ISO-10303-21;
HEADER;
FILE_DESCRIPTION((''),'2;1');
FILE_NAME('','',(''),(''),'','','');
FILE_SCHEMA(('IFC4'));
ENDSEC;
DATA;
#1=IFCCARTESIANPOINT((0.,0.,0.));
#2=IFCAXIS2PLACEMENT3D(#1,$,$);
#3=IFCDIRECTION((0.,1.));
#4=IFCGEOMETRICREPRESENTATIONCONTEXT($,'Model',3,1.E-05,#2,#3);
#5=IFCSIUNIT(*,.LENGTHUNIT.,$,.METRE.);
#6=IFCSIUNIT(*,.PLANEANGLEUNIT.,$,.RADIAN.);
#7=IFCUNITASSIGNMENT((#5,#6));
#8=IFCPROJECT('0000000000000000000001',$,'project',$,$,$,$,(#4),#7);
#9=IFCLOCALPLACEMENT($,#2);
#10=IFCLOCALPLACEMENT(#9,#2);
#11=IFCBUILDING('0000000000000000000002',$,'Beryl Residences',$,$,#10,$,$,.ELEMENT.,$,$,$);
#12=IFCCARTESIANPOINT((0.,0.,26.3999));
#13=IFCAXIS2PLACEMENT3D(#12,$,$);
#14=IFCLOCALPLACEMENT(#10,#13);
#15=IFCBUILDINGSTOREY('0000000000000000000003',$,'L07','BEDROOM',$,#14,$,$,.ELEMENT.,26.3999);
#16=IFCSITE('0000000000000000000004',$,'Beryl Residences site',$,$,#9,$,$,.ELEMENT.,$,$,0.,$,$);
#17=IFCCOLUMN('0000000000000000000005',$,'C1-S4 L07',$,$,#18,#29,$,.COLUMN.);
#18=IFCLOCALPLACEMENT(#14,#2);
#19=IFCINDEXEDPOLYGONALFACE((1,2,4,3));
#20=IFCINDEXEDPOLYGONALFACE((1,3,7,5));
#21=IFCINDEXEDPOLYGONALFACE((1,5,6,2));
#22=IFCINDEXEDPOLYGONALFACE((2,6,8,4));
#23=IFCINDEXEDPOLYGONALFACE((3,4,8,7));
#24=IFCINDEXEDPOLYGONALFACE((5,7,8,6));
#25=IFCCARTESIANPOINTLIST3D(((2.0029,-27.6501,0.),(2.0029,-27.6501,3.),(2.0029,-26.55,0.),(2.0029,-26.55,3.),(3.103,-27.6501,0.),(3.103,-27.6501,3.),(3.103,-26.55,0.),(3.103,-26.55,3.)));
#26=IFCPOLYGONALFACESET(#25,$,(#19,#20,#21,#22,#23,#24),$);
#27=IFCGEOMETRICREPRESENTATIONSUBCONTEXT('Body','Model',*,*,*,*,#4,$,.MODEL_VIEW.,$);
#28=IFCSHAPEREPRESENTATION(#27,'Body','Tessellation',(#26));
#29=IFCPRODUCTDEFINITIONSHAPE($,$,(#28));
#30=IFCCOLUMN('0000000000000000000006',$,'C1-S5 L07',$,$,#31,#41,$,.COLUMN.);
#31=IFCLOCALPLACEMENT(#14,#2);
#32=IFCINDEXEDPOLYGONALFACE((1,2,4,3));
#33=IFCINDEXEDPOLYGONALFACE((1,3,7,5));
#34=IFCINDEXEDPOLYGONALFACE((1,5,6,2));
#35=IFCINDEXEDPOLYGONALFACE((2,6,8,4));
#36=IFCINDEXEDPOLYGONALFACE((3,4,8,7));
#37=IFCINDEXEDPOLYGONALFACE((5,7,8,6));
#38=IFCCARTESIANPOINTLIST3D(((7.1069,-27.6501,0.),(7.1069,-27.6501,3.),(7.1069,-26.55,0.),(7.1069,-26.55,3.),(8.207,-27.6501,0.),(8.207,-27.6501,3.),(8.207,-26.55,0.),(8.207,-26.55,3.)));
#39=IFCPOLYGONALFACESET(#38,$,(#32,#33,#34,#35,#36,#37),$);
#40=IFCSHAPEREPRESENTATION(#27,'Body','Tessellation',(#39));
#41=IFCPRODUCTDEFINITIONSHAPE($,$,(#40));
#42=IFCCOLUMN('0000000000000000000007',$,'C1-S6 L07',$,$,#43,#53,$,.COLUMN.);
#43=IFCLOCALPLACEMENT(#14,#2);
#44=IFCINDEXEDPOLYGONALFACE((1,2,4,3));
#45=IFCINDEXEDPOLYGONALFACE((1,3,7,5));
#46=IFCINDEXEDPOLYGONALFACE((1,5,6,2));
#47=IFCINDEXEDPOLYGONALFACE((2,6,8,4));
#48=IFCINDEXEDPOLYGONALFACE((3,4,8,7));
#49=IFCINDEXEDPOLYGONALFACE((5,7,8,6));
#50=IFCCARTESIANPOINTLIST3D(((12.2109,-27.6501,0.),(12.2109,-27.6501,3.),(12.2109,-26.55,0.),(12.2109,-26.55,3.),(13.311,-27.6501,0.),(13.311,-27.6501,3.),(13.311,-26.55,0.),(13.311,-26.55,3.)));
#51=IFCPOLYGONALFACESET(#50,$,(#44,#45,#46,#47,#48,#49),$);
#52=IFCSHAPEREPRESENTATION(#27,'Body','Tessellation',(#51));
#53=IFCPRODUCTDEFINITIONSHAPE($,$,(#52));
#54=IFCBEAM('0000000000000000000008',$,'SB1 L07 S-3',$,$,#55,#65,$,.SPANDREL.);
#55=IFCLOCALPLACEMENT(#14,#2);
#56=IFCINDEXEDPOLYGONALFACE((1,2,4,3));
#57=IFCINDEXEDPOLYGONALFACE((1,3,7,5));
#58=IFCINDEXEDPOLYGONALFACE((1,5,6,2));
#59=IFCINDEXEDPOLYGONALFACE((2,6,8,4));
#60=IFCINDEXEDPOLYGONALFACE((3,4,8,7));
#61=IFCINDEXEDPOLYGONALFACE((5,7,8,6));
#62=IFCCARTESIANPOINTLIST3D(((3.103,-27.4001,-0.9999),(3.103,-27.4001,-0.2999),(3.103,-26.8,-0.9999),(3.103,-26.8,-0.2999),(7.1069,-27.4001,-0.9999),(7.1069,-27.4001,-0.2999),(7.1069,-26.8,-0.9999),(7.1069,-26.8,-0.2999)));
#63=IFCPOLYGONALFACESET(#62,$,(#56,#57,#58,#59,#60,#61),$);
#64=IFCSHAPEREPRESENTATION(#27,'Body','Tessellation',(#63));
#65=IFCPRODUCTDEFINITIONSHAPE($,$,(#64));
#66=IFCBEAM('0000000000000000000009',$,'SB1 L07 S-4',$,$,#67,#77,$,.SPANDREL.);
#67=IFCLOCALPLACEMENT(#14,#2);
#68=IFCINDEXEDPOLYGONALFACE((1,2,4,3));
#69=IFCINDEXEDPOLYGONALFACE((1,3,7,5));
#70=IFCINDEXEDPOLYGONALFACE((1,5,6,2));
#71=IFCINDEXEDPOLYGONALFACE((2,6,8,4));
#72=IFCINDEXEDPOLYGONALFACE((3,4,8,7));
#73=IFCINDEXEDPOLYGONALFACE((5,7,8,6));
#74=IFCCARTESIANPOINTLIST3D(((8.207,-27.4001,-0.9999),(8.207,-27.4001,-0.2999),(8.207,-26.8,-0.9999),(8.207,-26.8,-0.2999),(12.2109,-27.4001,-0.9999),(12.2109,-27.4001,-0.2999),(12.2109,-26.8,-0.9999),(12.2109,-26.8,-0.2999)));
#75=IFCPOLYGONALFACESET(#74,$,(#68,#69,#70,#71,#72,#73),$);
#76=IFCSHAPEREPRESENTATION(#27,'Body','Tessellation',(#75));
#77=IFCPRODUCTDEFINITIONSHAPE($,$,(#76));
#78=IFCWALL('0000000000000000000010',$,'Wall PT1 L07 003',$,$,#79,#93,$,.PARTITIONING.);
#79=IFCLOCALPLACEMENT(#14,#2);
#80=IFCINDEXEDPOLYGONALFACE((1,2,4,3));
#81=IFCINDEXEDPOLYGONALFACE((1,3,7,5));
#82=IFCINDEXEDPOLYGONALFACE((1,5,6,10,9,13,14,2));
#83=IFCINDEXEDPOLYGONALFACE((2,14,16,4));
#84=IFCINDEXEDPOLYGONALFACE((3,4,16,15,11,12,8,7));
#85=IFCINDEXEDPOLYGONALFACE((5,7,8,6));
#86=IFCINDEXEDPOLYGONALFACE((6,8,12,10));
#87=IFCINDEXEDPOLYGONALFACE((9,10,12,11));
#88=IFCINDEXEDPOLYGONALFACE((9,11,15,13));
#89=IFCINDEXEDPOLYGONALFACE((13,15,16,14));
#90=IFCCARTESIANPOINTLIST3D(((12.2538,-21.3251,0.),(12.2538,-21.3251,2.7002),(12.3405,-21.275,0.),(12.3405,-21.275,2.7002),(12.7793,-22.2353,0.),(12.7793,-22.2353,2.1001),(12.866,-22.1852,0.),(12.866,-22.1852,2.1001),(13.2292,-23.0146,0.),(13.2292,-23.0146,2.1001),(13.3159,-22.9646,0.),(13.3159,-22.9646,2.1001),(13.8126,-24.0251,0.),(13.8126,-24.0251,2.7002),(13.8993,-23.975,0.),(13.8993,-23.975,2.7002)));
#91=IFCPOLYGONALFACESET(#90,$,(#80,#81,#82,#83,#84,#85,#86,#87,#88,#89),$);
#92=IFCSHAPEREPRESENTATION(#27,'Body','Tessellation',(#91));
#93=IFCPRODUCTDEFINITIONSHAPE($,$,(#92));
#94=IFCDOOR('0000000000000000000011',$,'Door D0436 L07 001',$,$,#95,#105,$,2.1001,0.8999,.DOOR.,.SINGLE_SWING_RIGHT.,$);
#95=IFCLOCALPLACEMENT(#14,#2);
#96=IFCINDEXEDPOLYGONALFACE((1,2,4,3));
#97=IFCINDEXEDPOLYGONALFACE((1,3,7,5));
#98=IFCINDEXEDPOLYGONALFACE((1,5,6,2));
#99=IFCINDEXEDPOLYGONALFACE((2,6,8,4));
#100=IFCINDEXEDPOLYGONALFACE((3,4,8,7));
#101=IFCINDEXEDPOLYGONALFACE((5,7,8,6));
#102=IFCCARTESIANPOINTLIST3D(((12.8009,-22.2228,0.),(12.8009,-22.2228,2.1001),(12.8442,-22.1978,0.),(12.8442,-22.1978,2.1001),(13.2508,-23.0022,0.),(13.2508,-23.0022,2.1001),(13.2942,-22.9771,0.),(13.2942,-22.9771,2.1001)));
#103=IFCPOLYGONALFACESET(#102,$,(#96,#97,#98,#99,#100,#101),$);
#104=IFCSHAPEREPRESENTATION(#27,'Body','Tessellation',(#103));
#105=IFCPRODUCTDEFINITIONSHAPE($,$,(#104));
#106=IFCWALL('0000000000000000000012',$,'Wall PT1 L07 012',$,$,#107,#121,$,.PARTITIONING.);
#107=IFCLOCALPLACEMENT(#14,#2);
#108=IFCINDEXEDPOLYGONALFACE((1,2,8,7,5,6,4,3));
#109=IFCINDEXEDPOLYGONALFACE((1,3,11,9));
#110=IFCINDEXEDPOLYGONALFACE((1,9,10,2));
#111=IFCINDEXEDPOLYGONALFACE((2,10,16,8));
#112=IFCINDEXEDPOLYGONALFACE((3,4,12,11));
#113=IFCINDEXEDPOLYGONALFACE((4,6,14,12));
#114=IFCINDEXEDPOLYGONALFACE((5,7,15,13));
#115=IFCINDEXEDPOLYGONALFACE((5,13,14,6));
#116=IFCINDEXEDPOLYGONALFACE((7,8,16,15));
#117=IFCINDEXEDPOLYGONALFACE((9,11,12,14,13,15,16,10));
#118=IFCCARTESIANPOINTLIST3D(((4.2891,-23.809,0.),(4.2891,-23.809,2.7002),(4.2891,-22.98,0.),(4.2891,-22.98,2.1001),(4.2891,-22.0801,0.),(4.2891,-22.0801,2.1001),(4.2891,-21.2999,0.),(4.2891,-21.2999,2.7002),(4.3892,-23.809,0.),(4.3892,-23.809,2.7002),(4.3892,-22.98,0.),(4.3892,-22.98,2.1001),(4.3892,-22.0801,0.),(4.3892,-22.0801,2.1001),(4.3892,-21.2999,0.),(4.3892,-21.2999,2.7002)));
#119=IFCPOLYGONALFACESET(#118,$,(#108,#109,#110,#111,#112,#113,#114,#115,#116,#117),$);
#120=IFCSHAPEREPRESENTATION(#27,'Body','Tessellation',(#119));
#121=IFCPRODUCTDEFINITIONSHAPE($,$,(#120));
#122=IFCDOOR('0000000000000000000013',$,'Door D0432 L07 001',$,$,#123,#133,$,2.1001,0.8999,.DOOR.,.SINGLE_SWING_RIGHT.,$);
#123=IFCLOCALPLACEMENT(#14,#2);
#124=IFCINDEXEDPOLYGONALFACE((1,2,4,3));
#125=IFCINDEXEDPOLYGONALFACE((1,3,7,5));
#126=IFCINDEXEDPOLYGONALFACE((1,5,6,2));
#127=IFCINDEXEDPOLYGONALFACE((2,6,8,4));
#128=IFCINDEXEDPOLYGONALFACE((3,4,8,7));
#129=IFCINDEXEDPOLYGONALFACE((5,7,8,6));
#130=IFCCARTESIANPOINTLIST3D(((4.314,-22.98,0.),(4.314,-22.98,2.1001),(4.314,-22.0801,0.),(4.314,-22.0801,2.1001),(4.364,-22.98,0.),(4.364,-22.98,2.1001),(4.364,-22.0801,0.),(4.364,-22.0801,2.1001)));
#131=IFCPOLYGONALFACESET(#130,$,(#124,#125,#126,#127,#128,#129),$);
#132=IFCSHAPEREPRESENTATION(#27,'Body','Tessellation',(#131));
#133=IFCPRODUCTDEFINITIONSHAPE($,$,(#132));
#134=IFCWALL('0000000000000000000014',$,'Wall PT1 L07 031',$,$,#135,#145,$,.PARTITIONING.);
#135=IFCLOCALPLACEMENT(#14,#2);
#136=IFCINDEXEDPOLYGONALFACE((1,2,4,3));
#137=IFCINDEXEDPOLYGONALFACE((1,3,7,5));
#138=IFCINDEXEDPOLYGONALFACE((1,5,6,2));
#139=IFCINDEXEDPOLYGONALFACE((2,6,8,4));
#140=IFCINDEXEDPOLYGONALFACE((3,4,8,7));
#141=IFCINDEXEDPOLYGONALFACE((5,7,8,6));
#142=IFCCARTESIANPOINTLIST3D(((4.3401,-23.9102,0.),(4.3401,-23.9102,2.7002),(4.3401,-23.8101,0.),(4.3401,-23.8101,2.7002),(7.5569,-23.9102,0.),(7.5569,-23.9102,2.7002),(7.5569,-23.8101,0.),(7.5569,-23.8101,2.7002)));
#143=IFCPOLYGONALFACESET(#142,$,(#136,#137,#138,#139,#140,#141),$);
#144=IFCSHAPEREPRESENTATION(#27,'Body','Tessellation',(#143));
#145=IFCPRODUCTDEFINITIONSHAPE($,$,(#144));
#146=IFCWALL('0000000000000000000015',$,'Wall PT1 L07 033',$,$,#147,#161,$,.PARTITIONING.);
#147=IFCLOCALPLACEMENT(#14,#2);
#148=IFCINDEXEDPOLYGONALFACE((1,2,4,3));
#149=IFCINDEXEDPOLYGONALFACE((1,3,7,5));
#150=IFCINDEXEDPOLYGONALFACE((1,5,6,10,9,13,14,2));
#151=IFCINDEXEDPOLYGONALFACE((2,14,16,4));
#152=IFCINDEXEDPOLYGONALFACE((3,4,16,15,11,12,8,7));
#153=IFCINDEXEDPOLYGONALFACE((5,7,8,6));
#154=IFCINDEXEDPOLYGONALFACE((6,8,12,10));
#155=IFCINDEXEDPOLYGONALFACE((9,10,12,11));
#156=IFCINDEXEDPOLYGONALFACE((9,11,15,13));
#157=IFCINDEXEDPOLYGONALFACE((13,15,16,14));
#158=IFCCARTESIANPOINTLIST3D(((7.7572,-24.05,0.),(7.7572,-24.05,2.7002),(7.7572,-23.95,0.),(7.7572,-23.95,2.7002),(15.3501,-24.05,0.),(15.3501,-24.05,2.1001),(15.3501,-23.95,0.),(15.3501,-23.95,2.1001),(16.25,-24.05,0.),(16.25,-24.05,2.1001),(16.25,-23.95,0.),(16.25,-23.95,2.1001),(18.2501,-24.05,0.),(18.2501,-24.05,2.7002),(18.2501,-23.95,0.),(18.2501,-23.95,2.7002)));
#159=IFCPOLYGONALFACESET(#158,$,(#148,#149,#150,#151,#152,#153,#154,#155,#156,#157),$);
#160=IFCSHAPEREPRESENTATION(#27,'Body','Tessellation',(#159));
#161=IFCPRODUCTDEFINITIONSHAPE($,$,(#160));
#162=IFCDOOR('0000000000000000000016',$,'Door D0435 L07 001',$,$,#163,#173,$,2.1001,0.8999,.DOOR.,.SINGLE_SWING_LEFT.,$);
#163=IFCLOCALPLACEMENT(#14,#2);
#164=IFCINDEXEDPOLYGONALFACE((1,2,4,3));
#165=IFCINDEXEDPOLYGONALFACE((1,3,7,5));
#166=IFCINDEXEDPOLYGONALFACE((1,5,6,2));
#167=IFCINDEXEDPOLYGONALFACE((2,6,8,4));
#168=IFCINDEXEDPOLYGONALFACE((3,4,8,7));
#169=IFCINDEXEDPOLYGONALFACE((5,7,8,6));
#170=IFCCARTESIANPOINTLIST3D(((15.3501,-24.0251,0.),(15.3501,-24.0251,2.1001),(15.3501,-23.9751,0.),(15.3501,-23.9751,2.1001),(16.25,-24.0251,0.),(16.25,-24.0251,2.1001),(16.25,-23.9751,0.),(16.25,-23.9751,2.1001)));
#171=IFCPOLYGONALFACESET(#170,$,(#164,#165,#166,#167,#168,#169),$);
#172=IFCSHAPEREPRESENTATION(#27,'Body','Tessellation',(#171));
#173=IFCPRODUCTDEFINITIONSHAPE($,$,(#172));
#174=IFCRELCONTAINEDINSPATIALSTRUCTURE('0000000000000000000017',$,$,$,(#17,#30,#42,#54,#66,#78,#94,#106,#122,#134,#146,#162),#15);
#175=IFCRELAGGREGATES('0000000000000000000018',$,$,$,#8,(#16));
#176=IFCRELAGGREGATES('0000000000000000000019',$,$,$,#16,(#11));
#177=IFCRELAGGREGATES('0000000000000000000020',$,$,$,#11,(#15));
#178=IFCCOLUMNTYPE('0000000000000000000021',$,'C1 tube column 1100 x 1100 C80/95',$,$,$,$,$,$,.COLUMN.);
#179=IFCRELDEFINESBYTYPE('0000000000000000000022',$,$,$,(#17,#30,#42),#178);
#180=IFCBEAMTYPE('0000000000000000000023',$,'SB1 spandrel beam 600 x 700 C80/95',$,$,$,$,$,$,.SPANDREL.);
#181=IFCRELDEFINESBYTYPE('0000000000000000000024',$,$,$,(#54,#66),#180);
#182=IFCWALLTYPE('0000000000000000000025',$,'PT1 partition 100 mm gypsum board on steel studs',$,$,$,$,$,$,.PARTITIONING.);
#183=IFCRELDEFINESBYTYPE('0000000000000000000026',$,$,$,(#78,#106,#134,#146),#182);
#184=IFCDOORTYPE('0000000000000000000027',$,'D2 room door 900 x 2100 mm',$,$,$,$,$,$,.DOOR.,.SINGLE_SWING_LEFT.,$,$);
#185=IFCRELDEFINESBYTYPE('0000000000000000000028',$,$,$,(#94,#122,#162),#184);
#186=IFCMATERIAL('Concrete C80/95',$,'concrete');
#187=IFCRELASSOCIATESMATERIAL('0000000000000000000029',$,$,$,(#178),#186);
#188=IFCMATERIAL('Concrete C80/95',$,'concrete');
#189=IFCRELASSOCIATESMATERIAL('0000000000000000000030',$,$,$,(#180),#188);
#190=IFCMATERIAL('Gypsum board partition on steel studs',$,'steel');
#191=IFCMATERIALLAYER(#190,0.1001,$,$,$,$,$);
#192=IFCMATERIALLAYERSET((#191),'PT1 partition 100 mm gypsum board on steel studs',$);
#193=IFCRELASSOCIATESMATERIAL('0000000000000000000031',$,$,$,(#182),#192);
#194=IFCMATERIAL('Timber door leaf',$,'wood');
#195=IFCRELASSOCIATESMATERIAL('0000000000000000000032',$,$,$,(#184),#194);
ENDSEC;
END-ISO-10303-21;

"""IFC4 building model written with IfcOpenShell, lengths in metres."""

from ifc_helpers import new_model, si_unit, direction, frame, frame_2d, origin, origin_2d, place, context, subcontext, project, spatial, rectangle, extrude, material, layer, layer_set, material_profile, profile_set, type_object, element, fill, save


model = new_model("IFC4")

# Units and contexts
model_context = context("Model", 3, precision=1e-05, world=origin(), true_north=direction((0.0, 1.0)))
body_context = subcontext(model_context, "Body", "Model", "MODEL_VIEW")
ifc_project = project(units=[si_unit("LENGTHUNIT", "METRE"), si_unit("PLANEANGLEUNIT", "RADIAN")], contexts=[model_context])

# Site, building, storey
site_placement = place(None, origin())
site = spatial("IfcSite", under=ifc_project, at=site_placement, Name="Beryl Residences site", CompositionType="ELEMENT", RefElevation=0.0)
building_placement = place(site_placement, origin())
building = spatial("IfcBuilding", under=site, at=building_placement, Name="Beryl Residences", CompositionType="ELEMENT")
storey_placement = place(building_placement, frame((0.0, 0.0, 26.3999)))
storey = spatial("IfcBuildingStorey", under=building, at=storey_placement, Name="L07", Description="BEDROOM", CompositionType="ELEMENT", Elevation=26.3999)

# Columns
ifc_material_1 = material(Name="Concrete C80/95", Category="concrete")
ifc_material_profile_1 = material_profile(ifc_material_1, rectangle(XDim=1.1001, YDim=1.1001, at=origin_2d()))
ifc_profile_set_1 = profile_set([ifc_material_profile_1], Name="Concrete C80/95")
column_type = type_object("IfcColumnType", Name="C1 tube column 1100 x 1100 C80/95", PredefinedType="COLUMN", material=ifc_profile_set_1)
for number, where, z_axis, x_axis, name in (
    (1, (2.553, -27.1001, 0.0), (0.0, 0.0, 1.0), (1.0, 0.0, 0.0), "C1-S4 L07"),
    (2, (7.657, -27.1001, 0.0), (0.0, 0.0, 1.0), (1.0, 0.0, 0.0), "C1-S5 L07"),
    (3, (12.761, -27.1001, 0.0), (0.0, 0.0, 1.0), (1.0, 0.0, 0.0), "C1-S6 L07"),
):
    element("IfcColumn", number, at=place(storey_placement, frame(where, z_axis=z_axis, x_axis=x_axis)), inside=storey, type_object=column_type, Name=name, PredefinedType="COLUMN", context=body_context, shape_type="SweptSolid", body=[
        extrude(rectangle(XDim=1.1001, YDim=1.1001, at=origin_2d()), origin(), (0.0, 0.0, 1.0), 3.0),
    ])

# Beams
ifc_material_2 = material(Name="Concrete C80/95", Category="concrete")
ifc_material_profile_2 = material_profile(ifc_material_2, rectangle(XDim=0.6001, YDim=0.7, at=origin_2d()))
ifc_profile_set_2 = profile_set([ifc_material_profile_2], Name="Concrete C80/95")
beam_type = type_object("IfcBeamType", Name="SB1 spandrel beam 600 x 700 C80/95", PredefinedType="SPANDREL", material=ifc_profile_set_2)
for number, where, z_axis, x_axis, name in (
    (4, (3.103, -27.1001, -0.6499), (1.0, 0.0, 0.0), (0.0, 1.0, 0.0), "SB1 L07 S-3"),
    (5, (8.207, -27.1001, -0.6499), (1.0, 0.0, 0.0), (0.0, 1.0, 0.0), "SB1 L07 S-4"),
):
    element("IfcBeam", number, at=place(storey_placement, frame(where, z_axis=z_axis, x_axis=x_axis)), inside=storey, type_object=beam_type, Name=name, PredefinedType="SPANDREL", context=body_context, shape_type="SweptSolid", body=[
        extrude(rectangle(XDim=0.6001, YDim=0.7, at=origin_2d()), origin(), (0.0, 0.0, 1.0), 4.0039),
    ])

# Walls, openings, doors
ifc_material_3 = material(Name="Gypsum board partition on steel studs", Category="steel")
ifc_layer_1 = layer(ifc_material_3, 0.1001)
ifc_layer_set_1 = layer_set([ifc_layer_1], Name="PT1 partition 100 mm gypsum board on steel studs")
wall_type_1 = type_object("IfcWallType", Name="PT1 partition 100 mm gypsum board on steel studs", PredefinedType="PARTITIONING", material=ifc_layer_set_1)
wall_1_placement = place(storey_placement, frame((12.2971, -21.3, 0.0), z_axis=(0.0, 0.0, 1.0), x_axis=(0.500005, -0.866023, 0.0)))
wall_1 = element("IfcWall", 6, at=wall_1_placement, inside=storey, type_object=wall_type_1, Name="Wall PT1 L07 003", PredefinedType="PARTITIONING", context=body_context, shape_type="SweptSolid", body=[
    extrude(rectangle(XDim=3.1177, YDim=0.1001, at=frame_2d((1.5588, 0.0))), origin(), (0.0, 0.0, 1.0), 2.7002),
])
opening_1_placement = place(wall_1_placement, frame((1.051, 0.0, 0.0)))
opening_1 = element("IfcOpeningElement", 7, at=opening_1_placement, cuts=wall_1, PredefinedType="OPENING", context=body_context, shape_type="SweptSolid", body=[
    extrude(rectangle(XDim=0.8999, YDim=2.1001, at=frame_2d((0.45, 1.05))), frame((0.0, 0.0601, 0.0), z_axis=(0.0, -1.0, 0.0), x_axis=(1.0, 0.0, 0.0)), (0.0, 0.0, 1.0), 0.1201),
])
ifc_material_4 = material(Name="Timber door leaf", Category="wood")
door_type_1 = type_object("IfcDoorType", Name="D2 room door 900 x 2100 mm", OperationType="SINGLE_SWING_LEFT", PredefinedType="DOOR", material=ifc_material_4)
door_1_placement = place(opening_1_placement, origin())
door_1 = element("IfcDoor", 8, at=door_1_placement, inside=storey, type_object=door_type_1, Name="Door D0436 L07 001", OperationType="SINGLE_SWING_RIGHT", OverallHeight=2.1001, OverallWidth=0.8999, PredefinedType="DOOR", context=body_context, shape_type="SweptSolid", body=[
    extrude(rectangle(XDim=0.8999, YDim=2.1001, at=frame_2d((0.45, 1.05))), frame((0.0, 0.0249, 0.0), z_axis=(0.0, -1.0, 0.0), x_axis=(1.0, 0.0, 0.0)), (0.0, 0.0, 1.0), 0.05),
])
fill(opening_1, door_1)
wall_2_placement = place(storey_placement, frame((4.3391, -21.3, 0.0), z_axis=(0.0, 0.0, 1.0), x_axis=(0.0, -1.0, 0.0)))
wall_2 = element("IfcWall", 9, at=wall_2_placement, inside=storey, type_object=wall_type_1, Name="Wall PT1 L07 012", PredefinedType="PARTITIONING", context=body_context, shape_type="SweptSolid", body=[
    extrude(rectangle(XDim=2.509, YDim=0.1001, at=frame_2d((1.2544, 0.0))), origin(), (0.0, 0.0, 1.0), 2.7002),
])
opening_2_placement = place(wall_2_placement, frame((0.78, 0.0, 0.0)))
opening_2 = element("IfcOpeningElement", 10, at=opening_2_placement, cuts=wall_2, PredefinedType="OPENING", context=body_context, shape_type="SweptSolid", body=[
    extrude(rectangle(XDim=0.8999, YDim=2.1001, at=frame_2d((0.45, 1.05))), frame((0.0, 0.0601, 0.0), z_axis=(0.0, -1.0, 0.0), x_axis=(1.0, 0.0, 0.0)), (0.0, 0.0, 1.0), 0.1201),
])
door_2_placement = place(opening_2_placement, origin())
door_2 = element("IfcDoor", 11, at=door_2_placement, inside=storey, type_object=door_type_1, Name="Door D0432 L07 001", OperationType="SINGLE_SWING_RIGHT", OverallHeight=2.1001, OverallWidth=0.8999, PredefinedType="DOOR", context=body_context, shape_type="SweptSolid", body=[
    extrude(rectangle(XDim=0.8999, YDim=2.1001, at=frame_2d((0.45, 1.05))), frame((0.0, 0.0249, 0.0), z_axis=(0.0, -1.0, 0.0), x_axis=(1.0, 0.0, 0.0)), (0.0, 0.0, 1.0), 0.05),
])
fill(opening_2, door_2)

# Wall
wall_3_placement = place(storey_placement, frame((4.3401, -23.8601, 0.0), z_axis=(0.0, 0.0, 1.0), x_axis=(1.0, 0.0, 0.0)))
element("IfcWall", 12, at=wall_3_placement, inside=storey, type_object=wall_type_1, Name="Wall PT1 L07 031", PredefinedType="PARTITIONING", context=body_context, shape_type="SweptSolid", body=[
    extrude(rectangle(XDim=3.2168, YDim=0.1001, at=frame_2d((1.6084, 0.0))), origin(), (0.0, 0.0, 1.0), 2.7002),
])

# Wall, opening, door
wall_4_placement = place(storey_placement, frame((7.7571, -24.0, 0.0), z_axis=(0.0, 0.0, 1.0), x_axis=(1.0, 0.0, 0.0)))
wall_4 = element("IfcWall", 13, at=wall_4_placement, inside=storey, type_object=wall_type_1, Name="Wall PT1 L07 033", PredefinedType="PARTITIONING", context=body_context, shape_type="SweptSolid", body=[
    extrude(rectangle(XDim=10.4929, YDim=0.1001, at=frame_2d((5.2466, 0.0))), origin(), (0.0, 0.0, 1.0), 2.7002),
])
opening_3_placement = place(wall_4_placement, frame((7.593, 0.0, 0.0)))
opening_3 = element("IfcOpeningElement", 14, at=opening_3_placement, cuts=wall_4, PredefinedType="OPENING", context=body_context, shape_type="SweptSolid", body=[
    extrude(rectangle(XDim=0.8999, YDim=2.1001, at=frame_2d((0.45, 1.05))), frame((0.0, 0.0601, 0.0), z_axis=(0.0, -1.0, 0.0), x_axis=(1.0, 0.0, 0.0)), (0.0, 0.0, 1.0), 0.1201),
])
door_3_placement = place(opening_3_placement, origin())
door_3 = element("IfcDoor", 15, at=door_3_placement, inside=storey, type_object=door_type_1, Name="Door D0435 L07 001", OperationType="SINGLE_SWING_LEFT", OverallHeight=2.1001, OverallWidth=0.8999, PredefinedType="DOOR", context=body_context, shape_type="SweptSolid", body=[
    extrude(rectangle(XDim=0.8999, YDim=2.1001, at=frame_2d((0.45, 1.05))), frame((0.0, 0.0249, 0.0), z_axis=(0.0, -1.0, 0.0), x_axis=(1.0, 0.0, 0.0)), (0.0, 0.0, 1.0), 0.05),
])
fill(opening_3, door_3)

save(model, "model.ifc")
